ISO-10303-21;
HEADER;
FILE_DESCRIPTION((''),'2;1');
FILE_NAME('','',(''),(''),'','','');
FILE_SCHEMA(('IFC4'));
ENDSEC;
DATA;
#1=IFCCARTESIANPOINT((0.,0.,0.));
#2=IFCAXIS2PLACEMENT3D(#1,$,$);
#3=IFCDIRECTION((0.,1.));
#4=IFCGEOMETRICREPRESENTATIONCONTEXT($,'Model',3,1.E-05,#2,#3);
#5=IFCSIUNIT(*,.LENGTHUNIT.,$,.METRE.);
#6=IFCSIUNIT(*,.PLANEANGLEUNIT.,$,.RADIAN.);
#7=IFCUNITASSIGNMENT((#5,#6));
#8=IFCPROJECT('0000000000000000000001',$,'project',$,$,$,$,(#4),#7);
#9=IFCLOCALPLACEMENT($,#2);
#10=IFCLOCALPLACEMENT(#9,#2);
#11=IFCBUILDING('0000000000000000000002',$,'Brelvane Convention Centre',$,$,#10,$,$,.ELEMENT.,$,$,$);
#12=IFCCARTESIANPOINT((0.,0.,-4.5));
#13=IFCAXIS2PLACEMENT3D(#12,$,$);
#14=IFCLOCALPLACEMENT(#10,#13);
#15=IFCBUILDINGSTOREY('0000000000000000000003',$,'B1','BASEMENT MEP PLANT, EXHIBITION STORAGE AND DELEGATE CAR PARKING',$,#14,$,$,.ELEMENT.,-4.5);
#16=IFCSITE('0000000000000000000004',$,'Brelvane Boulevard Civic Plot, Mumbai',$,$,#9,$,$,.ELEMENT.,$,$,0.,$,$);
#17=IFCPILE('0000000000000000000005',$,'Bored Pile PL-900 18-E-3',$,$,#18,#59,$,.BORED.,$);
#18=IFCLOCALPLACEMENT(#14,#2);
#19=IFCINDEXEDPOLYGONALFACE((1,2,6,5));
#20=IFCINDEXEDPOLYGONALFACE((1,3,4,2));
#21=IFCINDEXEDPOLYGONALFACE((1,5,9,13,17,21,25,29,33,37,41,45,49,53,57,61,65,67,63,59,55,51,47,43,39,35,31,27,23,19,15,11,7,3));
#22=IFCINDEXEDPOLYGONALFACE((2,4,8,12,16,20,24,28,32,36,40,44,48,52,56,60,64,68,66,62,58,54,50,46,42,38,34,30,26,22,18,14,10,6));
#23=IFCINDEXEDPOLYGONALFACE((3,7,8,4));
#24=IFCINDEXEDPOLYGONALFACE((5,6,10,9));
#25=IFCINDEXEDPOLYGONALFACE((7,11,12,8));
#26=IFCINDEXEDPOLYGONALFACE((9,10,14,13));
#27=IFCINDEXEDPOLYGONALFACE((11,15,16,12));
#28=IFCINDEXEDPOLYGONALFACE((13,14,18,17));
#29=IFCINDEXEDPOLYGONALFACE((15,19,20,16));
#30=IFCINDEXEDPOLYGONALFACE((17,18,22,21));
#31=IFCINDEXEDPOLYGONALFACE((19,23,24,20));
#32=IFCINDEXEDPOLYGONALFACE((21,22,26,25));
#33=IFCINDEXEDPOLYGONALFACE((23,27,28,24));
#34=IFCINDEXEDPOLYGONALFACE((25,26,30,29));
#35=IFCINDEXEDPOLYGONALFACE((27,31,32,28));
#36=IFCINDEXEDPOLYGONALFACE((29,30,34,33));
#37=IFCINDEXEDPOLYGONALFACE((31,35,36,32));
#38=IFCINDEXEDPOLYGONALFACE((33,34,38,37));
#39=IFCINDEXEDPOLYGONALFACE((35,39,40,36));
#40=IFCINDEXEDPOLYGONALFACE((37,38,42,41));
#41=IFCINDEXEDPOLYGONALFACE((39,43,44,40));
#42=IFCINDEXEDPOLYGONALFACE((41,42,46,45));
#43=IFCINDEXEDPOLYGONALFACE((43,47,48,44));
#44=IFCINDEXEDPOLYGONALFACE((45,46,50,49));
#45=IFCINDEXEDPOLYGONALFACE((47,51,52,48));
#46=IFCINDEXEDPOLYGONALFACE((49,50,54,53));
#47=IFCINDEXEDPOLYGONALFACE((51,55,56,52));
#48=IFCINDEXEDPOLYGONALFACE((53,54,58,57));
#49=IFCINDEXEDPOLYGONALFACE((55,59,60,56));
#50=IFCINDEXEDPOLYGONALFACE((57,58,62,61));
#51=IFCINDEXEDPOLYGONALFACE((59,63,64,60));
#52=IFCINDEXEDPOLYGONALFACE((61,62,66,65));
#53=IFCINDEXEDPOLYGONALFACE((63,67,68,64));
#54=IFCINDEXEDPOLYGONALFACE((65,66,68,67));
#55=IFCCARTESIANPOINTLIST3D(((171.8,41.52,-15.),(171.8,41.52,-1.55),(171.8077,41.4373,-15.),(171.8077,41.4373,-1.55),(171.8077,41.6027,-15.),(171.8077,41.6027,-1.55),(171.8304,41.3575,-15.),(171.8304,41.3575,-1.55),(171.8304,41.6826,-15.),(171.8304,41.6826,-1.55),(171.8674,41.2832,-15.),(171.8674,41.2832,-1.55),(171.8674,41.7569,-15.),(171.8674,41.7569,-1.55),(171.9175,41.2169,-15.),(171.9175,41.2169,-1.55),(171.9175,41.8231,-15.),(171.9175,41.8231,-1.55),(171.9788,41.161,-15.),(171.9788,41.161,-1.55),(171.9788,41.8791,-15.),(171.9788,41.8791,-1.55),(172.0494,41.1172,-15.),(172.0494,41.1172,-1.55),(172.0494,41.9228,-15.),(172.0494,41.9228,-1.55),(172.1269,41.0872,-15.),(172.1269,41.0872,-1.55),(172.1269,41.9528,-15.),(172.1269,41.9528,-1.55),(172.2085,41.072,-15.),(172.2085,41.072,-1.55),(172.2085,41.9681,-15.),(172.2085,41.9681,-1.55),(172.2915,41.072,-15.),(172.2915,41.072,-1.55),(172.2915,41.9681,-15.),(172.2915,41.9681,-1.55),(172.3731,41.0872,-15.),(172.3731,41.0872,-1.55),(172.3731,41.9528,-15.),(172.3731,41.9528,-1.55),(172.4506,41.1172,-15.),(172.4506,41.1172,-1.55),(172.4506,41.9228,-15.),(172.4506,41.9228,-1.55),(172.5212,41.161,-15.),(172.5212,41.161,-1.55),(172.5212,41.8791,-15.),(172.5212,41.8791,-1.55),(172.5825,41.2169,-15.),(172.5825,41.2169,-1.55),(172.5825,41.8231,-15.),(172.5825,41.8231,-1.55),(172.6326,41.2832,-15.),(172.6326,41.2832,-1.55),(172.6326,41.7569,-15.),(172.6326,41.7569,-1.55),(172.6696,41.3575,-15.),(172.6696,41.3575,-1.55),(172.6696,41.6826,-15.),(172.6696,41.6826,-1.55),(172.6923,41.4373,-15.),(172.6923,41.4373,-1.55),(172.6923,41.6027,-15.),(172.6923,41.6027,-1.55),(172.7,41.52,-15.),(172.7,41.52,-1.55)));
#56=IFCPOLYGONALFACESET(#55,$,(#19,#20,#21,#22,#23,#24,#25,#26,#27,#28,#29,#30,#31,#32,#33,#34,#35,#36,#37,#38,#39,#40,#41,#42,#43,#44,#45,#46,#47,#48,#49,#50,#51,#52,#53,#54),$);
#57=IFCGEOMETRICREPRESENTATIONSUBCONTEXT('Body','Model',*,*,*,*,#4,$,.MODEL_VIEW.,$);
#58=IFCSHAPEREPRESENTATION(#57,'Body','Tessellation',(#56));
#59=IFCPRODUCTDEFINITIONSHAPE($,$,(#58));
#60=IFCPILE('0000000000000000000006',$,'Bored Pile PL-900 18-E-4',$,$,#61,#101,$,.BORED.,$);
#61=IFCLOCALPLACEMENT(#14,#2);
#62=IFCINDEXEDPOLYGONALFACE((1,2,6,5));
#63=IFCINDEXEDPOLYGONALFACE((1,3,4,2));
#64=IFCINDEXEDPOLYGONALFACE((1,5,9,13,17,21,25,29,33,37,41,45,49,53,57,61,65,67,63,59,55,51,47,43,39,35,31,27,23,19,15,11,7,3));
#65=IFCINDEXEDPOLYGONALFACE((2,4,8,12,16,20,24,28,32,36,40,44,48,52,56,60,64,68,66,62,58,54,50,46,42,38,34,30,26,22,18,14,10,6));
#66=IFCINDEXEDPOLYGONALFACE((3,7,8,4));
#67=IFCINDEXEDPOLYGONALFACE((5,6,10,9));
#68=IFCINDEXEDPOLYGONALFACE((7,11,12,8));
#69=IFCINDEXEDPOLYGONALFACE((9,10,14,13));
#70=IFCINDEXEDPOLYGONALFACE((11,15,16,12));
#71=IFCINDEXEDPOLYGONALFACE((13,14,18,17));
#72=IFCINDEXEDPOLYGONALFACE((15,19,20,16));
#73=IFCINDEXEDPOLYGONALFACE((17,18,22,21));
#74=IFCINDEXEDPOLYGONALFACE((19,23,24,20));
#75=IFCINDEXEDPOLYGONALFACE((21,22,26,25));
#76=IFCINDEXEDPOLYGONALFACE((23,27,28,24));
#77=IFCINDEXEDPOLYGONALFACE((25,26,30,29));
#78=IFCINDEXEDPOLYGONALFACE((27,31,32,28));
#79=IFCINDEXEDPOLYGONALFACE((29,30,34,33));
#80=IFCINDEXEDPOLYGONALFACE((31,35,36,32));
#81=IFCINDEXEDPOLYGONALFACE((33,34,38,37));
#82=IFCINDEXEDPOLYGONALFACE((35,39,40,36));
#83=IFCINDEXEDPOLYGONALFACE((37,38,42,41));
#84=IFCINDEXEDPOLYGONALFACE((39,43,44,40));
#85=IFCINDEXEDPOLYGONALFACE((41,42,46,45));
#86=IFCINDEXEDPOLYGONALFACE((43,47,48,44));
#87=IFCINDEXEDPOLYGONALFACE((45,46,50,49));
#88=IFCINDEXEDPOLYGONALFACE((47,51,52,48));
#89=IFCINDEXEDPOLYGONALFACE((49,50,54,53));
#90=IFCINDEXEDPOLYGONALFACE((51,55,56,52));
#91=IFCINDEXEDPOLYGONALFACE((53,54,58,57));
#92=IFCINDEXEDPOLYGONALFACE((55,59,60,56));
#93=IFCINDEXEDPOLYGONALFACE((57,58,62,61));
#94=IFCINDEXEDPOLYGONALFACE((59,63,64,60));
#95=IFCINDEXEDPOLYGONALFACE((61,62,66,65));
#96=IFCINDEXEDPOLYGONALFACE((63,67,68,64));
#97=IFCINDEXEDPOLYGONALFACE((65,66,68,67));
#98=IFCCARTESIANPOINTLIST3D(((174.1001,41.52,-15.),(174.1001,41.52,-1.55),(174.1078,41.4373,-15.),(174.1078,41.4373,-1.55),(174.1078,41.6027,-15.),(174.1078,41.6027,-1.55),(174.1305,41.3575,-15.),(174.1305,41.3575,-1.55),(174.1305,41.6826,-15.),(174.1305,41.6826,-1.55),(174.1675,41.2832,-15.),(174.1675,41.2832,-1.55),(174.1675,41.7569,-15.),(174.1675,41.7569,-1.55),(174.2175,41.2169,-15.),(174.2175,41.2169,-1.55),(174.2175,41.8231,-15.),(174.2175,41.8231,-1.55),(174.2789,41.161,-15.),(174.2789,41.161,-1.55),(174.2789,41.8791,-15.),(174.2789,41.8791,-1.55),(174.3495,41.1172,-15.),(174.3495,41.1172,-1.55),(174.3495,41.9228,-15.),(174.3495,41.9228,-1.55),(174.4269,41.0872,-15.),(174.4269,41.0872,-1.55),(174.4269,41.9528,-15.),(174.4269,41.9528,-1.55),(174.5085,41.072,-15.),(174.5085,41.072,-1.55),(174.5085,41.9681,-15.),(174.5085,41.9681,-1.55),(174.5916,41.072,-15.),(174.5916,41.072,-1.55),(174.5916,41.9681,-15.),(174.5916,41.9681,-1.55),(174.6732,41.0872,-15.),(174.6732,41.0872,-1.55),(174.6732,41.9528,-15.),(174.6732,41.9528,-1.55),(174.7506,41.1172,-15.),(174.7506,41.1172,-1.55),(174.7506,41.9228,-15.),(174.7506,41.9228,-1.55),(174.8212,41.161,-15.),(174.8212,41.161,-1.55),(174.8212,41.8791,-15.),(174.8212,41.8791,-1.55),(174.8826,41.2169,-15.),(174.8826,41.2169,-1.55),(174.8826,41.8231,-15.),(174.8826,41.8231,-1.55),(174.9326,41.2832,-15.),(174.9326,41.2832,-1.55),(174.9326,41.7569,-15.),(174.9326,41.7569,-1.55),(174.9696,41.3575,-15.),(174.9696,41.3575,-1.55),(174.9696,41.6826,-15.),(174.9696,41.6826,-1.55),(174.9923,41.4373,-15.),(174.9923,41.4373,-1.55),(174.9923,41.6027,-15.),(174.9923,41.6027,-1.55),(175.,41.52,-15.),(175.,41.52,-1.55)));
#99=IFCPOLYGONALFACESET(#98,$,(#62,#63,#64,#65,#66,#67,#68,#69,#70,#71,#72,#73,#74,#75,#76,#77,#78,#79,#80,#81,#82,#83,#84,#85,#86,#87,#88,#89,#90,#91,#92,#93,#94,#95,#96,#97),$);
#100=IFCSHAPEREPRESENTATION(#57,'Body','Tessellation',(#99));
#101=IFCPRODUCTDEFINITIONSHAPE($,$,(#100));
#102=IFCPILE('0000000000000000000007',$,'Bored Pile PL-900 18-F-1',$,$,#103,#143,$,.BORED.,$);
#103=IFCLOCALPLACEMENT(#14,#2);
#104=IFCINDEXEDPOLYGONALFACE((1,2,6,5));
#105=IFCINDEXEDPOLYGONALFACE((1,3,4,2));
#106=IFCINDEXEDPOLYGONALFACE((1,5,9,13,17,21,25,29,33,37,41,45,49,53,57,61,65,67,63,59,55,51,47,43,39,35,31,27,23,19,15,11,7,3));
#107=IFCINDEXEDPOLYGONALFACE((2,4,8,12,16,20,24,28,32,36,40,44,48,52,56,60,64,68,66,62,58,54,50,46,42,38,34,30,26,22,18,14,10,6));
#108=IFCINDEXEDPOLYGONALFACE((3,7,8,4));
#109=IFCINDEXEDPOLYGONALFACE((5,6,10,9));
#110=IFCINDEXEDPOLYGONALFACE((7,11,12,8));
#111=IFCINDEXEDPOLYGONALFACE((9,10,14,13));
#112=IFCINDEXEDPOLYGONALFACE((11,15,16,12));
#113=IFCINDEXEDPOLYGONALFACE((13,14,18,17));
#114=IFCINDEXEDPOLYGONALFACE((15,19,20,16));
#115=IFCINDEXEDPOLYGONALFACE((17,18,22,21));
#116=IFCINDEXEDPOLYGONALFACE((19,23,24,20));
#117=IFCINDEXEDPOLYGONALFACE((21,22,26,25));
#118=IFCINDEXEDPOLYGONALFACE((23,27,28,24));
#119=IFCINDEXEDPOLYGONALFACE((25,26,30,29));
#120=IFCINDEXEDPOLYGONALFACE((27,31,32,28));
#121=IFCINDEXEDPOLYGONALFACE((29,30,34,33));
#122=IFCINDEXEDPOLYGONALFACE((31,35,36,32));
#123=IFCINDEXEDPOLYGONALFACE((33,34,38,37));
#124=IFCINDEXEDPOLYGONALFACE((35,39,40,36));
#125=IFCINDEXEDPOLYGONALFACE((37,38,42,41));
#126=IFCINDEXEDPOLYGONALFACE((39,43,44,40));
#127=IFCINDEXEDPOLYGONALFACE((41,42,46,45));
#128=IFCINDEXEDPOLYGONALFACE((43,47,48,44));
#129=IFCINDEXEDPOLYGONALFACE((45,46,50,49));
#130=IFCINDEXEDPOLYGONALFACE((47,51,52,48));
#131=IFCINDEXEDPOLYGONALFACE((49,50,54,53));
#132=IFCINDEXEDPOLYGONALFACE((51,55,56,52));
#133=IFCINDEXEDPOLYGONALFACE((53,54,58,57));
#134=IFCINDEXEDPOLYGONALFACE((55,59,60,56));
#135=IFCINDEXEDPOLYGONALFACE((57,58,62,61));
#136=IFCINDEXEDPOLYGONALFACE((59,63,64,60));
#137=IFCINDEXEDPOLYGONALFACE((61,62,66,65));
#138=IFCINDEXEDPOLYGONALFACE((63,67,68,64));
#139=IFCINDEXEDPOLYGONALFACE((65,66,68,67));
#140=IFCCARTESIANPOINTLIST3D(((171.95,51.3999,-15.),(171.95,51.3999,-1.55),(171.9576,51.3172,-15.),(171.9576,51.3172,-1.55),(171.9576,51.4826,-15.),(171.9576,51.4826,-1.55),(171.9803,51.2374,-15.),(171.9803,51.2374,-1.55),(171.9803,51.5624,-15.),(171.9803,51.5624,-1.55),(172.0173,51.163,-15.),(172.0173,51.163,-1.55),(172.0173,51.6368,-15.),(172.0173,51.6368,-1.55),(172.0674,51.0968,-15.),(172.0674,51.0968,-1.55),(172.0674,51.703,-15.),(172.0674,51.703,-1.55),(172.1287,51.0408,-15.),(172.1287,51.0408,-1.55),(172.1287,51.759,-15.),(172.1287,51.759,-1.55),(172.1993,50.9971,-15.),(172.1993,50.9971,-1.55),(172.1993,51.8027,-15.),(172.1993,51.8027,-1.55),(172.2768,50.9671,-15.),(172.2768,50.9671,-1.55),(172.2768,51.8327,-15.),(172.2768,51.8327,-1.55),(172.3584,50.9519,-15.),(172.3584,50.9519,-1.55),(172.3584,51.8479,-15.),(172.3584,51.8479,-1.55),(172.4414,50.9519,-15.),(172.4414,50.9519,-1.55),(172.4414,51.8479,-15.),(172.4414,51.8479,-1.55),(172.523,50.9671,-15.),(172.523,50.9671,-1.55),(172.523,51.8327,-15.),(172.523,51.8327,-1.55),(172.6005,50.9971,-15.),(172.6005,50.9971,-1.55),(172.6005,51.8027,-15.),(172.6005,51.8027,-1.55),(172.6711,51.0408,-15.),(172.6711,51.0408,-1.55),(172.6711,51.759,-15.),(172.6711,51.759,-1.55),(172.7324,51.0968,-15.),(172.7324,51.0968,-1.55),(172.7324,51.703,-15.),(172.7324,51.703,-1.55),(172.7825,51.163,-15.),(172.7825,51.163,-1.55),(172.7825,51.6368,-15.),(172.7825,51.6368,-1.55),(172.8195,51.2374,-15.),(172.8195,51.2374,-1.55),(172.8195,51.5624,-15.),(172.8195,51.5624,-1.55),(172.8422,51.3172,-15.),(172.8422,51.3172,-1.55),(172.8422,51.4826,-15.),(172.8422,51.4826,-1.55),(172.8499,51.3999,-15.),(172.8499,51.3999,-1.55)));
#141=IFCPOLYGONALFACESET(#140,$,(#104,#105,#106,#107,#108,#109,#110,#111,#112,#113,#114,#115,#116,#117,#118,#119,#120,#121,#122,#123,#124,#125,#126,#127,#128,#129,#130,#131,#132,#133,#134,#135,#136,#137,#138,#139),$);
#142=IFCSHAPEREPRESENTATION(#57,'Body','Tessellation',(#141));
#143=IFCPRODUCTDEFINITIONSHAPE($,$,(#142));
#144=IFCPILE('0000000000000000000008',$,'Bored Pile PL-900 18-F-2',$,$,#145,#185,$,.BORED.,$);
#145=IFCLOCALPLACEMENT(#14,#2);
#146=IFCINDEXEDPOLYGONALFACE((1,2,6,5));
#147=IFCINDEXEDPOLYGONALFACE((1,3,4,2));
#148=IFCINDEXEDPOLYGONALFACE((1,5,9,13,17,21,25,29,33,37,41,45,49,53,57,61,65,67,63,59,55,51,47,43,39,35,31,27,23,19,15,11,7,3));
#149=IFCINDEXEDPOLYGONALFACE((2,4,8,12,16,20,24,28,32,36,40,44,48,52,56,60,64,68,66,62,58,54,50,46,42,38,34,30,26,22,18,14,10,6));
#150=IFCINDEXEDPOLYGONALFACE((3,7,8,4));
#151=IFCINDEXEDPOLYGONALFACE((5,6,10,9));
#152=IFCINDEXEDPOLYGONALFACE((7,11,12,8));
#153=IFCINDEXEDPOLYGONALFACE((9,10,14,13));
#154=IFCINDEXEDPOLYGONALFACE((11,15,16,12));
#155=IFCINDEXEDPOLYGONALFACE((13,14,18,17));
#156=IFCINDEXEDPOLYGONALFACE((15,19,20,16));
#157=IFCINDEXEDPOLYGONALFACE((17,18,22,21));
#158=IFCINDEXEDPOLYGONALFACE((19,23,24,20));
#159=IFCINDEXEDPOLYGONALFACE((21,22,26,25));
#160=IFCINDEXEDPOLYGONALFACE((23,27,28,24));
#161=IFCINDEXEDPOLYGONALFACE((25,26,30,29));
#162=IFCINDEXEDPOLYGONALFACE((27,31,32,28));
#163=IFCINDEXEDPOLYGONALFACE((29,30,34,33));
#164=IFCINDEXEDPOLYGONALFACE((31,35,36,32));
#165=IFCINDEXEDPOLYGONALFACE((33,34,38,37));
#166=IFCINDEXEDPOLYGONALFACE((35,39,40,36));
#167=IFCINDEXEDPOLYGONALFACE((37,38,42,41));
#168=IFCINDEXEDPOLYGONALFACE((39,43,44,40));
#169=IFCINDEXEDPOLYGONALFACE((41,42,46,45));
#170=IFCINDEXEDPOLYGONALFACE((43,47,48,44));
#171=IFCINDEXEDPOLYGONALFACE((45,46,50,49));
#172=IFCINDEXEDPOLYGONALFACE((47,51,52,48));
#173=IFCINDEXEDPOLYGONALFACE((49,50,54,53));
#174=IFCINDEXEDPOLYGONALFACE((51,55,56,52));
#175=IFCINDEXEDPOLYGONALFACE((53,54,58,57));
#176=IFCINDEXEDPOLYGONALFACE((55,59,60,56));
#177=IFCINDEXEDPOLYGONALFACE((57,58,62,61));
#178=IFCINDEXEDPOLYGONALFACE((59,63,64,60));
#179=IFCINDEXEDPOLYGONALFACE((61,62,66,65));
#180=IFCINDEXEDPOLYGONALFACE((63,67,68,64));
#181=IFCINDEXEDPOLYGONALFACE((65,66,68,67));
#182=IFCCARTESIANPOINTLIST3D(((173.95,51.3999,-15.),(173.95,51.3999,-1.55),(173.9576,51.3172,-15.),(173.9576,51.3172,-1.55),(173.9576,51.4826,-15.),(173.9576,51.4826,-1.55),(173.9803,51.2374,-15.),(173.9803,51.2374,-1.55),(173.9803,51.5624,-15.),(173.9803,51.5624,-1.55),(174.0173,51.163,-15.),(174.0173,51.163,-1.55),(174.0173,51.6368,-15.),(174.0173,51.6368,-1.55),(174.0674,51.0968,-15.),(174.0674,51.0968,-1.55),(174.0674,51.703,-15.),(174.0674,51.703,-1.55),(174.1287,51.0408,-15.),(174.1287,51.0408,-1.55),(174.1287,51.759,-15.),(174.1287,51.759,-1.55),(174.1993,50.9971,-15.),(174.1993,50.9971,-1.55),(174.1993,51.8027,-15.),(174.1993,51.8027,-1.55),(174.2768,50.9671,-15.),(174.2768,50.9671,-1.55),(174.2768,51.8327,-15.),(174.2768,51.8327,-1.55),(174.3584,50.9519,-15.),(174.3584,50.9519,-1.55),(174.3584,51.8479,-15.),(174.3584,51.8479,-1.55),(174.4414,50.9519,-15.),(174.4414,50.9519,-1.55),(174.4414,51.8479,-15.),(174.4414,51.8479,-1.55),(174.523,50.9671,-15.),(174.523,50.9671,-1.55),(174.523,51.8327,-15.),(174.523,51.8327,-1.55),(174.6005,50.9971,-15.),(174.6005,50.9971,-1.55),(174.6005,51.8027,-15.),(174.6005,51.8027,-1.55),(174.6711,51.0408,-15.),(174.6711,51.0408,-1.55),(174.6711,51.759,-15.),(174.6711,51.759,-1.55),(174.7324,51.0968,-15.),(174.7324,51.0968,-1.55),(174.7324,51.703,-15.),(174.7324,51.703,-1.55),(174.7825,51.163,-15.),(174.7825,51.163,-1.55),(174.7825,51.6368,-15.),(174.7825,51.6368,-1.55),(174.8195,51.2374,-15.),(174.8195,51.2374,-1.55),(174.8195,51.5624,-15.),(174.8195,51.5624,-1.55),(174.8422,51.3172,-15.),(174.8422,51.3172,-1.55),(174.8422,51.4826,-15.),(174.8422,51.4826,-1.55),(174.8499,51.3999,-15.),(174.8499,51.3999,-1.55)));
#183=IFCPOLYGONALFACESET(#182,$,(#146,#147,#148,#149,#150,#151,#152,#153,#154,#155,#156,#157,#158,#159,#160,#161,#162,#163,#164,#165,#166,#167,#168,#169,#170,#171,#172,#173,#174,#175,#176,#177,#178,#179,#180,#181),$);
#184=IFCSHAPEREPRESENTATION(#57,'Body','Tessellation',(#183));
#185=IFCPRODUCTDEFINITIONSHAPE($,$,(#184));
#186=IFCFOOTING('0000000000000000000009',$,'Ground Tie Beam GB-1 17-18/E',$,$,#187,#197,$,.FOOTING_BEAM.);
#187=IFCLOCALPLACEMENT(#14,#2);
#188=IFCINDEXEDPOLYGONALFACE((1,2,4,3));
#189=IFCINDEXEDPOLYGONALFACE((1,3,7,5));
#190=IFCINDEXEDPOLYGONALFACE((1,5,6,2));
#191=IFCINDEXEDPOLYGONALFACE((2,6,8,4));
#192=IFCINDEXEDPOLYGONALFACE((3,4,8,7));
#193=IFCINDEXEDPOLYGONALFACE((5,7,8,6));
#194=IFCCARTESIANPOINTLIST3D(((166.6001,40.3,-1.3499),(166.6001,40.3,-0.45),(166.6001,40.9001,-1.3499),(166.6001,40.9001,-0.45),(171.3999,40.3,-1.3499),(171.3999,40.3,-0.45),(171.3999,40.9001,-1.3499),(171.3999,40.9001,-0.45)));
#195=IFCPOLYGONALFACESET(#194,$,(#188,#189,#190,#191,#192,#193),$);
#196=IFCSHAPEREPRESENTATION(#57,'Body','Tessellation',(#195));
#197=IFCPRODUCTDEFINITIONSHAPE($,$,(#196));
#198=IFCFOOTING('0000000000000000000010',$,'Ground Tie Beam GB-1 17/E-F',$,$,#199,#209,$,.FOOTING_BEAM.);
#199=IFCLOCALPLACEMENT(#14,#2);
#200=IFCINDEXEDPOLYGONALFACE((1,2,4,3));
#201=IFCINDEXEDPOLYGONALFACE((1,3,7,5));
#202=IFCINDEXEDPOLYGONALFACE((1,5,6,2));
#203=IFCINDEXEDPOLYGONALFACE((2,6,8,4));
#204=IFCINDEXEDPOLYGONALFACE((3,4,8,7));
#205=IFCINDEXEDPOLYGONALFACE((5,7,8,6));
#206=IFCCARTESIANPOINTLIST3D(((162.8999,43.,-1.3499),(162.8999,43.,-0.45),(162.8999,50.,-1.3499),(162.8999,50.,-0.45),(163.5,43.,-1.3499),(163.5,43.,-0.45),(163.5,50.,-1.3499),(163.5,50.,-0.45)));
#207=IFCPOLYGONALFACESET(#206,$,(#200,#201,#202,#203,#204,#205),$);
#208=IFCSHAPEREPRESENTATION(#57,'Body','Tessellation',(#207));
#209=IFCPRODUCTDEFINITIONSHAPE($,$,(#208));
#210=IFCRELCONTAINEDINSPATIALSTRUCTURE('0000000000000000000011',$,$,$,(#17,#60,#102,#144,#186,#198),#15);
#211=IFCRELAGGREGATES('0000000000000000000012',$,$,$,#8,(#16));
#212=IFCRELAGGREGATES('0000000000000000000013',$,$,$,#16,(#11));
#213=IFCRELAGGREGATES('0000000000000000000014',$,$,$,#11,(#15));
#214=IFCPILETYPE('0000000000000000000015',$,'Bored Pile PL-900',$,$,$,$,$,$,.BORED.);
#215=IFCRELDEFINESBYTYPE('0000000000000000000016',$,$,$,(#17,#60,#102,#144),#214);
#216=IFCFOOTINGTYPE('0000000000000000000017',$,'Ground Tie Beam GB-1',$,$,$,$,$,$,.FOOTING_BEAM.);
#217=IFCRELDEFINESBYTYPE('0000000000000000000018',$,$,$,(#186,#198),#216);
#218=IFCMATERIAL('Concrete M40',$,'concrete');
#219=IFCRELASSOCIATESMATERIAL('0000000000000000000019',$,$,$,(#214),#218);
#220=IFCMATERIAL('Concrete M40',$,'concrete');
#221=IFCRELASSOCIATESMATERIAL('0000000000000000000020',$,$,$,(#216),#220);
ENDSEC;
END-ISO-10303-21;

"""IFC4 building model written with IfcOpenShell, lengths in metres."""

from ifc_helpers import new_model, si_unit, direction, frame, origin, origin_2d, place, context, subcontext, project, spatial, rectangle, circle, extrude, material, material_profile, profile_set, type_object, element, save


model = new_model("IFC4")

# Units and contexts
model_context = context("Model", 3, precision=1e-05, world=origin(), true_north=direction((0.0, 1.0)))
body_context = subcontext(model_context, "Body", "Model", "MODEL_VIEW")
ifc_project = project(units=[si_unit("LENGTHUNIT", "METRE"), si_unit("PLANEANGLEUNIT", "RADIAN")], contexts=[model_context])

# Site, building, storey
site_placement = place(None, origin())
site = spatial("IfcSite", under=ifc_project, at=site_placement, Name="Brelvane Boulevard Civic Plot, Mumbai", CompositionType="ELEMENT", RefElevation=0.0)
building_placement = place(site_placement, origin())
building = spatial("IfcBuilding", under=site, at=building_placement, Name="Brelvane Convention Centre", CompositionType="ELEMENT")
storey_placement = place(building_placement, frame((0.0, 0.0, -4.5)))
storey = spatial("IfcBuildingStorey", under=building, at=storey_placement, Name="B1", Description="BASEMENT MEP PLANT, EXHIBITION STORAGE AND DELEGATE CAR PARKING", CompositionType="ELEMENT", Elevation=-4.5)

# Piles
ifc_material_1 = material(Name="Concrete M40", Category="concrete")
ifc_material_profile_1 = material_profile(ifc_material_1, circle(Radius=0.45, at=origin_2d()), Name="PILE D900")
ifc_profile_set_1 = profile_set([ifc_material_profile_1], Name="Concrete M40")
pile_type_1 = type_object("IfcPileType", Name="Bored Pile PL-900", PredefinedType="BORED", material=ifc_profile_set_1)
for number, where, z_axis, x_axis, name in (
    (1, (172.25, 41.52, -1.55), (0.0, 0.0, -1.0), (1.0, 0.0, 0.0), "Bored Pile PL-900 18-E-3"),
    (2, (174.55, 41.52, -1.55), (0.0, 0.0, -1.0), (1.0, 0.0, 0.0), "Bored Pile PL-900 18-E-4"),
    (3, (172.3999, 51.3999, -1.55), (0.0, 0.0, -1.0), (1.0, 0.0, 0.0), "Bored Pile PL-900 18-F-1"),
    (4, (174.3999, 51.3999, -1.55), (0.0, 0.0, -1.0), (1.0, 0.0, 0.0), "Bored Pile PL-900 18-F-2"),
):
    element("IfcPile", number, at=place(storey_placement, frame(where, z_axis=z_axis, x_axis=x_axis)), inside=storey, type_object=pile_type_1, Name=name, PredefinedType="BORED", context=body_context, shape_type="SweptSolid", body=[
        extrude(circle(Radius=0.45, at=origin_2d()), origin(), (0.0, 0.0, 1.0), 13.45),
    ])

# Footings
ifc_material_2 = material(Name="Concrete M40", Category="concrete")
ifc_material_profile_2 = material_profile(ifc_material_2, rectangle(XDim=0.6001, YDim=0.8999, at=origin_2d()), Name="RC 600x900")
ifc_profile_set_2 = profile_set([ifc_material_profile_2], Name="Concrete M40")
footing_type_1 = type_object("IfcFootingType", Name="Ground Tie Beam GB-1", PredefinedType="FOOTING_BEAM", material=ifc_profile_set_2)
footing_1_placement = place(storey_placement, frame((166.6001, 40.6001, -0.8999), z_axis=(1.0, 0.0, 0.0), x_axis=(0.0, 1.0, 0.0)))
element("IfcFooting", 5, at=footing_1_placement, inside=storey, type_object=footing_type_1, Name="Ground Tie Beam GB-1 17-18/E", PredefinedType="FOOTING_BEAM", context=body_context, shape_type="SweptSolid", body=[
    extrude(rectangle(XDim=0.6001, YDim=0.8999, at=origin_2d()), origin(), (0.0, 0.0, 1.0), 4.7998),
])
footing_2_placement = place(storey_placement, frame((163.2, 43.0, -0.8999), z_axis=(0.0, 1.0, 0.0), x_axis=(-1.0, 0.0, 0.0)))
element("IfcFooting", 6, at=footing_2_placement, inside=storey, type_object=footing_type_1, Name="Ground Tie Beam GB-1 17/E-F", PredefinedType="FOOTING_BEAM", context=body_context, shape_type="SweptSolid", body=[
    extrude(rectangle(XDim=0.6001, YDim=0.8999, at=origin_2d()), origin(), (0.0, 0.0, 1.0), 7.0),
])

save(model, "model.ifc")
